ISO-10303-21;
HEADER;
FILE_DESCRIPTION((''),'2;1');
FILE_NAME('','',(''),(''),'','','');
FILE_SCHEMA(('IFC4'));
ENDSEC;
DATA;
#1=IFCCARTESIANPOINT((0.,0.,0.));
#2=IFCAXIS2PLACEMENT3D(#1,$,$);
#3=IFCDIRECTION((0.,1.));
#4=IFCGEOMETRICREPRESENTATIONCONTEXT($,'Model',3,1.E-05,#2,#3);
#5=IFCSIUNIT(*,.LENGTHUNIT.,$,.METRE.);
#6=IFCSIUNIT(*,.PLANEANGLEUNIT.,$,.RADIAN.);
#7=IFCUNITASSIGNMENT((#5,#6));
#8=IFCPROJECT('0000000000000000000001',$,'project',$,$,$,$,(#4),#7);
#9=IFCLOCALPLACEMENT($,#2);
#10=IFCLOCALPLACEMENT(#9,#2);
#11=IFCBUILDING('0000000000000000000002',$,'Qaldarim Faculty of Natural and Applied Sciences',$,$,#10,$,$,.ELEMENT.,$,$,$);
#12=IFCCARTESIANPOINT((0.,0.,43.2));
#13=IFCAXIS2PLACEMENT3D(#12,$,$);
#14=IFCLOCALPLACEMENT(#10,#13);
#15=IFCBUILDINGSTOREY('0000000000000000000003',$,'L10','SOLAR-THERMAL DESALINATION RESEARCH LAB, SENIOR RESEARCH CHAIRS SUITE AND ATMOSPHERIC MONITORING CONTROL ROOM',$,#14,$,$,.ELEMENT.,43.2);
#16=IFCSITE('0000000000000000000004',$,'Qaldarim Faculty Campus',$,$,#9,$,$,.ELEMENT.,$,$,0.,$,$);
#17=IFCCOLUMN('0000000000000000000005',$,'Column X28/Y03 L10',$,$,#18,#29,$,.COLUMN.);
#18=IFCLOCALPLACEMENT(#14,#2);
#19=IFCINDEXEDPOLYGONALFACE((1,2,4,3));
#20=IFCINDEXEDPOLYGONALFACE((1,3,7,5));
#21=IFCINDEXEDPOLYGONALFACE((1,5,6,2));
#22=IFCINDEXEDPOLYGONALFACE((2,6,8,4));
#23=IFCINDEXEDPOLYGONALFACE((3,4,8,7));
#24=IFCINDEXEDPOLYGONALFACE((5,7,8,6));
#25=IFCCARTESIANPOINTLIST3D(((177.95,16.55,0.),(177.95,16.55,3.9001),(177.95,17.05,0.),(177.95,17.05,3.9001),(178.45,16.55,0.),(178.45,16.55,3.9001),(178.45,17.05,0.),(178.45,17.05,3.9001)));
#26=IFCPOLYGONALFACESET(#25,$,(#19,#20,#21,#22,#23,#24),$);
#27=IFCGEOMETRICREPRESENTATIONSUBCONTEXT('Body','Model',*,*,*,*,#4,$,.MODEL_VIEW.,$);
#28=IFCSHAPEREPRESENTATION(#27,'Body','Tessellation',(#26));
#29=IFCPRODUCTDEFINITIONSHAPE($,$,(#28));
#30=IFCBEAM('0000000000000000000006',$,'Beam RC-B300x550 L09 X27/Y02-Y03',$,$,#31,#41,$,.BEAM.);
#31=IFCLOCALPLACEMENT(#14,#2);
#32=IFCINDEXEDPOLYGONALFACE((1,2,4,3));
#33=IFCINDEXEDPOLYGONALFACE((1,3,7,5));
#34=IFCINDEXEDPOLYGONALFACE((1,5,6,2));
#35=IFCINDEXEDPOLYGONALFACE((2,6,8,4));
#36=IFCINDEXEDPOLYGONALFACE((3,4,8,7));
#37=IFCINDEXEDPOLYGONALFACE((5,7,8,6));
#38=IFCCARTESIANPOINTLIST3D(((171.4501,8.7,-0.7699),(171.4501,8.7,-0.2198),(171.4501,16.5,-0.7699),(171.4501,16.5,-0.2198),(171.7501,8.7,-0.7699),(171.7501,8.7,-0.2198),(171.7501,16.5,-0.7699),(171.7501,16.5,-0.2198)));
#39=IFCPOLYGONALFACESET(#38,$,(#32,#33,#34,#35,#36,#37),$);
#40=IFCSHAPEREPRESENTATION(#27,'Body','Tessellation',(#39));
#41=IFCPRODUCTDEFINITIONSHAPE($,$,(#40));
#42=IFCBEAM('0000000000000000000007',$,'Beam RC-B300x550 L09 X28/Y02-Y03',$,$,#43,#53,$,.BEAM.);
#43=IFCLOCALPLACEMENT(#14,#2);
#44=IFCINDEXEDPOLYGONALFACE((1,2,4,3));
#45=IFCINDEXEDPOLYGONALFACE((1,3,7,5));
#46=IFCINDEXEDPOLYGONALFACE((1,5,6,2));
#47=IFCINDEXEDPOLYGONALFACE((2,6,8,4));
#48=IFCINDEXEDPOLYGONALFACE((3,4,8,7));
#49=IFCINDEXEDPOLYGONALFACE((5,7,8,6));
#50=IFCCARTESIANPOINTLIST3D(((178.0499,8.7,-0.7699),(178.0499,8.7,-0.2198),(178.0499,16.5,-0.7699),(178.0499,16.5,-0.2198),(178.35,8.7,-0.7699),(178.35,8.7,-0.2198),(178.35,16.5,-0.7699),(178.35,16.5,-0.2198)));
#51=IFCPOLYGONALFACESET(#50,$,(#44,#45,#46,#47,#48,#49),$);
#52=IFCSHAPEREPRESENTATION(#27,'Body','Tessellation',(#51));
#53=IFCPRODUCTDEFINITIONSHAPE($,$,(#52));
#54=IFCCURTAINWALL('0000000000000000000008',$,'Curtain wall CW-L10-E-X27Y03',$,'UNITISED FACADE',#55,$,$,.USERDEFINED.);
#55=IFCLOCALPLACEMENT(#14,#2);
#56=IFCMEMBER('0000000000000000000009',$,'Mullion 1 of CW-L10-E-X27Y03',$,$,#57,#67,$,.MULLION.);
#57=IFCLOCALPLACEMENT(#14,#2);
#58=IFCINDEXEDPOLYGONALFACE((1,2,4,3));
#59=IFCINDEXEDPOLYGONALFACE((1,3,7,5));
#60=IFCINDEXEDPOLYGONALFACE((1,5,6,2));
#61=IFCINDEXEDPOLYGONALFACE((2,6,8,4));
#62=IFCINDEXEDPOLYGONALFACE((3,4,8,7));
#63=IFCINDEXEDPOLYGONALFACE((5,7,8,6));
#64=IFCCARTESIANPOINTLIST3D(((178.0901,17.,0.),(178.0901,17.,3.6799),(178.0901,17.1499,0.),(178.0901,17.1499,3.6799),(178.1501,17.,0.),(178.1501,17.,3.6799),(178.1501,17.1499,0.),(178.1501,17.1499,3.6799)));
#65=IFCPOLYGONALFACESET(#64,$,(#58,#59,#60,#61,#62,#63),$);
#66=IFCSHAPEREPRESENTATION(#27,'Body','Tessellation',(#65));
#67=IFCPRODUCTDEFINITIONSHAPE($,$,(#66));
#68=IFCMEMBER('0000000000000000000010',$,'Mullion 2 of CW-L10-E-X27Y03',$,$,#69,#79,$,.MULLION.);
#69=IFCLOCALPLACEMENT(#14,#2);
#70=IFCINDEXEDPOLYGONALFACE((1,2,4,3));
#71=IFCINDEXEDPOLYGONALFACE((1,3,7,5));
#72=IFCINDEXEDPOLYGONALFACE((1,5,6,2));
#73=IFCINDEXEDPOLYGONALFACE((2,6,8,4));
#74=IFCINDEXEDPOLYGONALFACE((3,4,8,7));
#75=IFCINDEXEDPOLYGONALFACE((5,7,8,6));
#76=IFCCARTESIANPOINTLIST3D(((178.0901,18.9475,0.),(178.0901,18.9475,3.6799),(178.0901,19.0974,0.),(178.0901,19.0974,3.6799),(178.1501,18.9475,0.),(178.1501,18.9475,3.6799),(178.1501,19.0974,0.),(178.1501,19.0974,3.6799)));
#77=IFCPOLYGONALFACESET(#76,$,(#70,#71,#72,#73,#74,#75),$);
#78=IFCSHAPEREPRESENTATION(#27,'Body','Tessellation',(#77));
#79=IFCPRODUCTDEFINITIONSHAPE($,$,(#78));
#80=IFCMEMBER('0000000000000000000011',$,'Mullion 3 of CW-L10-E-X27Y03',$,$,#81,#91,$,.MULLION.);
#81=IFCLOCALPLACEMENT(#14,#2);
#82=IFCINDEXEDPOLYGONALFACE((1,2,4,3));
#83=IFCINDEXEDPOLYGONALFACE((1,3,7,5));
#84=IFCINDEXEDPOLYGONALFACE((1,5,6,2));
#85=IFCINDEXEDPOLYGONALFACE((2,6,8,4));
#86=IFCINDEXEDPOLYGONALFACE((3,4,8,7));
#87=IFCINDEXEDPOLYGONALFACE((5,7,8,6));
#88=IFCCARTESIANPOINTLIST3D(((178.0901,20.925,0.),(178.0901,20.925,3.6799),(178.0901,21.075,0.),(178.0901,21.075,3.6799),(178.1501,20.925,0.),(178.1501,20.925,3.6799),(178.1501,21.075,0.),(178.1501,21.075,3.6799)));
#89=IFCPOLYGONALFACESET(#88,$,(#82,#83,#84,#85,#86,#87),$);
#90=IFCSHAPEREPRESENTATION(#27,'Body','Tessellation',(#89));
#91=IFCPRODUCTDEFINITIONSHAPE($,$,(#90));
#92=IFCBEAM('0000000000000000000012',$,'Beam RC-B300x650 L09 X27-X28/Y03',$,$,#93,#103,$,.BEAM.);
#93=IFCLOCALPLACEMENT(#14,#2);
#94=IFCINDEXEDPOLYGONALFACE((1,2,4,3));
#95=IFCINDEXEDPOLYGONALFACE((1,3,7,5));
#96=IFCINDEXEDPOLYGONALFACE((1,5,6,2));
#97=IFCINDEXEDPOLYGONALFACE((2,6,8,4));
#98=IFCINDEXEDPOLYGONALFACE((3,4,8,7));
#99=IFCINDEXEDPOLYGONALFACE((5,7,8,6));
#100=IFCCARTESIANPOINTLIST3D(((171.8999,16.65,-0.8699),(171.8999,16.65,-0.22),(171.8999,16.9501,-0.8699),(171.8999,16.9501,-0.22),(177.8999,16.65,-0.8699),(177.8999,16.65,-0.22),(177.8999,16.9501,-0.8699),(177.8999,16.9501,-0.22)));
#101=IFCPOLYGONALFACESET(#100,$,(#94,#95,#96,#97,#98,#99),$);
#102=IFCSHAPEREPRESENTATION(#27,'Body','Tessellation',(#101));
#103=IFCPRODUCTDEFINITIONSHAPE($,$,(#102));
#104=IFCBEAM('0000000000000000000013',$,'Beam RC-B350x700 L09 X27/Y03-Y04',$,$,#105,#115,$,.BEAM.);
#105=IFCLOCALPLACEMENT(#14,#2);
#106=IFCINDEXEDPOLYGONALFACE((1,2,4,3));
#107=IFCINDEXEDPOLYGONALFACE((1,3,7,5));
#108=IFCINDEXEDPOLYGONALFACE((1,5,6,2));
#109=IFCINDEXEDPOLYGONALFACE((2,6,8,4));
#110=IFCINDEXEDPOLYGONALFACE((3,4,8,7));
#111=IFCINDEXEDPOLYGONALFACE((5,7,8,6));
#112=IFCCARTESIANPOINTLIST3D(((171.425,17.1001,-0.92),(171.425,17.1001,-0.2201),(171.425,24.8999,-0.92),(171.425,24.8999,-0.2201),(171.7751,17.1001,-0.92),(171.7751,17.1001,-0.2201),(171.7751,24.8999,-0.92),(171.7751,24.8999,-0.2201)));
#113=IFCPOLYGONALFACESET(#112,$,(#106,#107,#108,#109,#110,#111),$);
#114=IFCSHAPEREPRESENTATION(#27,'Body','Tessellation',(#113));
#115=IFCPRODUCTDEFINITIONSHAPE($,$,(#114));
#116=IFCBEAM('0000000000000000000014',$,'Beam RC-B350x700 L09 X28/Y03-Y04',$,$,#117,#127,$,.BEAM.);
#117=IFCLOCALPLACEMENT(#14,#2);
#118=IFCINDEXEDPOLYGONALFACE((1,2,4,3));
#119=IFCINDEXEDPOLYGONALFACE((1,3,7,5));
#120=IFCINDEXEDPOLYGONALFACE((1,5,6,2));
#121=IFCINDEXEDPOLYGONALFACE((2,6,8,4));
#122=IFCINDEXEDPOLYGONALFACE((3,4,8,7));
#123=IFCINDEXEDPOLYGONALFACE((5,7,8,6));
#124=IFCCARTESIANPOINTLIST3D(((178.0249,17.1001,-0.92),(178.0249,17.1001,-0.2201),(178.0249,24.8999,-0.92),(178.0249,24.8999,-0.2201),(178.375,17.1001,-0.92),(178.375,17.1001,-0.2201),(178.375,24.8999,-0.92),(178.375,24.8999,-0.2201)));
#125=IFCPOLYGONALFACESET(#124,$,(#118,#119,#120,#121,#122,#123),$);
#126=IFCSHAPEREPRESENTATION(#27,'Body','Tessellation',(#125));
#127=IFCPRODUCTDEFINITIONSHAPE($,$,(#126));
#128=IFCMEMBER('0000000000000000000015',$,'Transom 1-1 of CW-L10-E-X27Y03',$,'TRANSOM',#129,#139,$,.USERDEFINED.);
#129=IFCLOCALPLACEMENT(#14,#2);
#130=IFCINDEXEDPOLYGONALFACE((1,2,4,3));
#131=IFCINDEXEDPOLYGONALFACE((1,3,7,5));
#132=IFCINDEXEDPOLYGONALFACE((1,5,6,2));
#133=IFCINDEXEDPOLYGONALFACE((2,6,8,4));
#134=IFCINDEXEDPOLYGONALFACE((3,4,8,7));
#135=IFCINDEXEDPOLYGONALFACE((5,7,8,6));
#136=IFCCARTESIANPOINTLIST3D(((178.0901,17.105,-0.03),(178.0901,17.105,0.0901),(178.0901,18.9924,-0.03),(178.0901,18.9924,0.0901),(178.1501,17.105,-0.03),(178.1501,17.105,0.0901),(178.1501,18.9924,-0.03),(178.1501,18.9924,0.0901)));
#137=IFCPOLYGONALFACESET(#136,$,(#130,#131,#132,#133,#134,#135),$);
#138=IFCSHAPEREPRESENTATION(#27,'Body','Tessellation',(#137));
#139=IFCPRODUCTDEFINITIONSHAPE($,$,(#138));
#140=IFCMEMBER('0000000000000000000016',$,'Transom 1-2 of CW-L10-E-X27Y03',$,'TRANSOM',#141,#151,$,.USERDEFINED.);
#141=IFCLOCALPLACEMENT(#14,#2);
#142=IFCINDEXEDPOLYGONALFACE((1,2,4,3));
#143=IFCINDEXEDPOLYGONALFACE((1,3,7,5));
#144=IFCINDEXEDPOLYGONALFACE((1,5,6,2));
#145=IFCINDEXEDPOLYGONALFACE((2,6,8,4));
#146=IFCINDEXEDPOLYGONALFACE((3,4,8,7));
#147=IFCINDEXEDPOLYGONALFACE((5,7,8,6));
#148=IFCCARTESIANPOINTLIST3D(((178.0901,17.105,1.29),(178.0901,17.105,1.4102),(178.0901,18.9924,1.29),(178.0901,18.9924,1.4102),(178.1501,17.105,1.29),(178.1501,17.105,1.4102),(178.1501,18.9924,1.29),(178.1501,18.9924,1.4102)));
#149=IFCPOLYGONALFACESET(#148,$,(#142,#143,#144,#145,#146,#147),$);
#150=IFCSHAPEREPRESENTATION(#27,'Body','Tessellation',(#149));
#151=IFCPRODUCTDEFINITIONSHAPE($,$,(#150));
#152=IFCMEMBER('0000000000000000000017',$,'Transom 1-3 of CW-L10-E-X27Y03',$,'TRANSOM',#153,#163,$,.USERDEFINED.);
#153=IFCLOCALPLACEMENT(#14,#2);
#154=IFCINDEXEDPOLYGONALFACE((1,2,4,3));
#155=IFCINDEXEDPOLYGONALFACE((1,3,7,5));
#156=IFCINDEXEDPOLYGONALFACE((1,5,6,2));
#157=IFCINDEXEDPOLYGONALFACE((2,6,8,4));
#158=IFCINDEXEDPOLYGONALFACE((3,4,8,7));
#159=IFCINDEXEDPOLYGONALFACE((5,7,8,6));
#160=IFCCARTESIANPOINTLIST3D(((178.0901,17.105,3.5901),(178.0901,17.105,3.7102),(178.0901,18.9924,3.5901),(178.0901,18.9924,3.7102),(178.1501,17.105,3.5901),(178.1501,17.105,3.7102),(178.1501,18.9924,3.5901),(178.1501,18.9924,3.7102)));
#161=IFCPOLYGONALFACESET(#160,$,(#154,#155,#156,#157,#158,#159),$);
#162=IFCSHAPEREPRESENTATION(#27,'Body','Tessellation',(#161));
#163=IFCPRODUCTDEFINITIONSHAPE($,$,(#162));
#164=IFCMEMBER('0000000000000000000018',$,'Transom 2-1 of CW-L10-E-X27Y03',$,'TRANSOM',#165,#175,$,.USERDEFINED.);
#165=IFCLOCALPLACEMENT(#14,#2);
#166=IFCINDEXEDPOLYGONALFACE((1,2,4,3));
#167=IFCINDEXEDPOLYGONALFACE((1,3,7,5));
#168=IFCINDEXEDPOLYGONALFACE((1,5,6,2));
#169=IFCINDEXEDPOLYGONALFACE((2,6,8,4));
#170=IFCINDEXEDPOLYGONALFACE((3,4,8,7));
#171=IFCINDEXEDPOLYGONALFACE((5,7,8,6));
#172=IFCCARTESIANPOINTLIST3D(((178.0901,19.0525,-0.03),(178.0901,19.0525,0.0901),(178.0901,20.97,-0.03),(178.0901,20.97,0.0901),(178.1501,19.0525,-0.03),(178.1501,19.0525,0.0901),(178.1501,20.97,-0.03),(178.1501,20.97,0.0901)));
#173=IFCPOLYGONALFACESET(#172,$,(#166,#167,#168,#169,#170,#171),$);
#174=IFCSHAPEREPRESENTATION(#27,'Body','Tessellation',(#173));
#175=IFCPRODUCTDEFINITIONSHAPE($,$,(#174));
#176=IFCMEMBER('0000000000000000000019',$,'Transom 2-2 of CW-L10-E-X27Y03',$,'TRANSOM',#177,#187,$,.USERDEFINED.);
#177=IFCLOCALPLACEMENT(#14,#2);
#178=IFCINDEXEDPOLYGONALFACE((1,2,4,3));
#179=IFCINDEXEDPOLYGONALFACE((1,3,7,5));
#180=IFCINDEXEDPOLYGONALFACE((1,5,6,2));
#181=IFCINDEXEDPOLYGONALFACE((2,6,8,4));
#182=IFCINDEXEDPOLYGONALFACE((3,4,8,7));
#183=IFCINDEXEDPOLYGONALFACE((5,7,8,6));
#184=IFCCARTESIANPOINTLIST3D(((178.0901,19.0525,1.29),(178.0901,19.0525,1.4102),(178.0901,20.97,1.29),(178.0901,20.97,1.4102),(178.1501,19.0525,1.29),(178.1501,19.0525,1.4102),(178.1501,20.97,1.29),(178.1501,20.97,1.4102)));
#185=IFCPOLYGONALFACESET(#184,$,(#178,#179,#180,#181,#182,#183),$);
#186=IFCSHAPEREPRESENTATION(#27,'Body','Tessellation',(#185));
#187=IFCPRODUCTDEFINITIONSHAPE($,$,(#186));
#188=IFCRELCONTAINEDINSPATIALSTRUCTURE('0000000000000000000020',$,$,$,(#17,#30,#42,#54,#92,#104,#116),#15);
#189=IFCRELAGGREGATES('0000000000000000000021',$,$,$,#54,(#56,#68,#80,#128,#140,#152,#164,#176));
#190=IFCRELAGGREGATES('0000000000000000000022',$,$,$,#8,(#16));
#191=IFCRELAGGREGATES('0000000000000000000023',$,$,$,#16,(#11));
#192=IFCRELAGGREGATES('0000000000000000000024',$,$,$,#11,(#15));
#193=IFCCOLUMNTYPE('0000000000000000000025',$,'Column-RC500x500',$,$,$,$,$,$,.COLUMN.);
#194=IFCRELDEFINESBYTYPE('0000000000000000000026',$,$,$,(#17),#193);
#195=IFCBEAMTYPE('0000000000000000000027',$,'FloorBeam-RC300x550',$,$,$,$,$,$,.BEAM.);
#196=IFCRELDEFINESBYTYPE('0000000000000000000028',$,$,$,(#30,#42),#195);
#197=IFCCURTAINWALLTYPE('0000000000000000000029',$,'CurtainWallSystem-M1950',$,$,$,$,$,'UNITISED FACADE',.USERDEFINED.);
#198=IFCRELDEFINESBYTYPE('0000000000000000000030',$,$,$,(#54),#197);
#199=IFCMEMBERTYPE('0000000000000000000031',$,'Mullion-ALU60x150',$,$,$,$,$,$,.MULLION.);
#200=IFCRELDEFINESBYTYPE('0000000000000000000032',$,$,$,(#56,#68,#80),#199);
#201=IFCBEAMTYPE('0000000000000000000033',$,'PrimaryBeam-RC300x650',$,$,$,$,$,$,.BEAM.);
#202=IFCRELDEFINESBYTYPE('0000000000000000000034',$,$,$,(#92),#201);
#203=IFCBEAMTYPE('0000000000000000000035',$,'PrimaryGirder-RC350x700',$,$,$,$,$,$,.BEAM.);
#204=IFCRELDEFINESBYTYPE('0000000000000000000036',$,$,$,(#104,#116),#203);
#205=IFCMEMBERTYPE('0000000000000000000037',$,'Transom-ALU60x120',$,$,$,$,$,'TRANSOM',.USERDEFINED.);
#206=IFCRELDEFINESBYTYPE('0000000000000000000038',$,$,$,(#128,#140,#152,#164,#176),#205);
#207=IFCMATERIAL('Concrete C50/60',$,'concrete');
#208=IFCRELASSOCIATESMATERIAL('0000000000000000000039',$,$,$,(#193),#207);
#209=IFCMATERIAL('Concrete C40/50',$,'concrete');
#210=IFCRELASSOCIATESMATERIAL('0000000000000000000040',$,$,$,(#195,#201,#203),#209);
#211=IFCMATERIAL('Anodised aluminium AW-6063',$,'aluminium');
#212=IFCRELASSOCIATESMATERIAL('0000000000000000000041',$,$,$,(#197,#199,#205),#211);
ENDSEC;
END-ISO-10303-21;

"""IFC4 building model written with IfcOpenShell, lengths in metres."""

from ifc_helpers import new_model, si_unit, direction, frame, origin, origin_2d, place, context, subcontext, project, spatial, rectangle, extrude, material, material_profile, profile_set, type_object, element, aggregate, save


model = new_model("IFC4")

# Units and contexts
model_context = context("Model", 3, precision=1e-05, world=origin(), true_north=direction((0.0, 1.0)))
body_context = subcontext(model_context, "Body", "Model", "MODEL_VIEW")
ifc_project = project(units=[si_unit("LENGTHUNIT", "METRE"), si_unit("PLANEANGLEUNIT", "RADIAN")], contexts=[model_context])

# Site, building, storey
site_placement = place(None, origin())
site = spatial("IfcSite", under=ifc_project, at=site_placement, Name="Qaldarim Faculty Campus", CompositionType="ELEMENT", RefElevation=0.0)
building_placement = place(site_placement, origin())
building = spatial("IfcBuilding", under=site, at=building_placement, Name="Qaldarim Faculty of Natural and Applied Sciences", CompositionType="ELEMENT")
storey_placement = place(building_placement, frame((0.0, 0.0, 43.2)))
storey = spatial("IfcBuildingStorey", under=building, at=storey_placement, Name="L10", Description="SOLAR-THERMAL DESALINATION RESEARCH LAB, SENIOR RESEARCH CHAIRS SUITE AND ATMOSPHERIC MONITORING CONTROL ROOM", CompositionType="ELEMENT", Elevation=43.2)

# Column
ifc_material_1 = material(Name="Concrete C50/60", Category="concrete")
ifc_material_profile_1 = material_profile(ifc_material_1, rectangle(XDim=0.5, YDim=0.5, at=origin_2d()), Name="RC-C500x500")
ifc_profile_set_1 = profile_set([ifc_material_profile_1], Name="Concrete C50/60")
column_type = type_object("IfcColumnType", Name="Column-RC500x500", PredefinedType="COLUMN", material=ifc_profile_set_1)
column_placement = place(storey_placement, frame((178.2, 16.8, 0.0), z_axis=(0.0, 0.0, 1.0), x_axis=(1.0, 0.0, 0.0)))
element("IfcColumn", 1, at=column_placement, inside=storey, type_object=column_type, Name="Column X28/Y03 L10", PredefinedType="COLUMN", context=body_context, shape_type="SweptSolid", body=[
    extrude(rectangle(XDim=0.5, YDim=0.5, at=origin_2d()), origin(), (0.0, 0.0, 1.0), 3.9001),
])

# Beams
ifc_material_2 = material(Name="Concrete C40/50", Category="concrete")
ifc_material_profile_2 = material_profile(ifc_material_2, rectangle(XDim=0.3, YDim=0.55, at=origin_2d()), Name="RC-B300x550")
ifc_profile_set_2 = profile_set([ifc_material_profile_2], Name="Concrete C40/50")
beam_type_1 = type_object("IfcBeamType", Name="FloorBeam-RC300x550", PredefinedType="BEAM", material=ifc_profile_set_2)
for number, where, z_axis, x_axis, name in (
    (2, (171.6001, 8.7, -0.4949), (0.0, 1.0, 0.0), (-1.0, 0.0, 0.0), "Beam RC-B300x550 L09 X27/Y02-Y03"),
    (3, (178.2, 8.7, -0.4949), (0.0, 1.0, 0.0), (-1.0, 0.0, 0.0), "Beam RC-B300x550 L09 X28/Y02-Y03"),
):
    element("IfcBeam", number, at=place(storey_placement, frame(where, z_axis=z_axis, x_axis=x_axis)), inside=storey, type_object=beam_type_1, Name=name, PredefinedType="BEAM", context=body_context, shape_type="SweptSolid", body=[
        extrude(rectangle(XDim=0.3, YDim=0.55, at=origin_2d()), origin(), (0.0, 0.0, 1.0), 7.8),
    ])

# Curtain wall, members
ifc_material_3 = material(Name="Anodised aluminium AW-6063", Category="aluminium")
curtain_wall_type = type_object("IfcCurtainWallType", Name="CurtainWallSystem-M1950", ElementType="UNITISED FACADE", PredefinedType="USERDEFINED", material=ifc_material_3)
curtain_wall_placement = place(storey_placement, origin())
curtain_wall = element("IfcCurtainWall", 4, at=curtain_wall_placement, inside=storey, type_object=curtain_wall_type, Name="Curtain wall CW-L10-E-X27Y03", ObjectType="UNITISED FACADE", PredefinedType="USERDEFINED")
ifc_material_profile_3 = material_profile(ifc_material_3, rectangle(XDim=0.0601, YDim=0.1499, at=origin_2d()), Name="ALU-M60x150")
ifc_profile_set_3 = profile_set([ifc_material_profile_3], Name="Anodised aluminium AW-6063")
member_type_1 = type_object("IfcMemberType", Name="Mullion-ALU60x150", PredefinedType="MULLION", material=ifc_profile_set_3)
member_1_placement = place(storey_placement, frame((178.1201, 17.075, 0.0), z_axis=(0.0, 0.0, 1.0), x_axis=(-1.0, 0.0, 0.0)))
member_1 = element("IfcMember", 5, at=member_1_placement, type_object=member_type_1, Name="Mullion 1 of CW-L10-E-X27Y03", PredefinedType="MULLION", context=body_context, shape_type="SweptSolid", body=[
    extrude(rectangle(XDim=0.0601, YDim=0.1499, at=origin_2d()), origin(), (0.0, 0.0, 1.0), 3.6799),
])
member_2_placement = place(storey_placement, frame((178.1201, 19.0225, 0.0), z_axis=(0.0, 0.0, 1.0), x_axis=(-1.0, 0.0, 0.0)))
member_2 = element("IfcMember", 6, at=member_2_placement, type_object=member_type_1, Name="Mullion 2 of CW-L10-E-X27Y03", PredefinedType="MULLION", context=body_context, shape_type="SweptSolid", body=[
    extrude(rectangle(XDim=0.0601, YDim=0.1499, at=origin_2d()), origin(), (0.0, 0.0, 1.0), 3.6799),
])
member_3_placement = place(storey_placement, frame((178.1201, 21.0, 0.0), z_axis=(0.0, 0.0, 1.0), x_axis=(-1.0, 0.0, 0.0)))
member_3 = element("IfcMember", 7, at=member_3_placement, type_object=member_type_1, Name="Mullion 3 of CW-L10-E-X27Y03", PredefinedType="MULLION", context=body_context, shape_type="SweptSolid", body=[
    extrude(rectangle(XDim=0.0601, YDim=0.1499, at=origin_2d()), origin(), (0.0, 0.0, 1.0), 3.6799),
])

# Beams
ifc_material_profile_4 = material_profile(ifc_material_2, rectangle(XDim=0.3, YDim=0.6499, at=origin_2d()), Name="RC-B300x650")
ifc_profile_set_4 = profile_set([ifc_material_profile_4], Name="Concrete C40/50")
beam_type_2 = type_object("IfcBeamType", Name="PrimaryBeam-RC300x650", PredefinedType="BEAM", material=ifc_profile_set_4)
beam_placement = place(storey_placement, frame((171.8999, 16.8, -0.5449), z_axis=(1.0, 0.0, 0.0), x_axis=(0.0, 1.0, 0.0)))
element("IfcBeam", 8, at=beam_placement, inside=storey, type_object=beam_type_2, Name="Beam RC-B300x650 L09 X27-X28/Y03", PredefinedType="BEAM", context=body_context, shape_type="SweptSolid", body=[
    extrude(rectangle(XDim=0.3, YDim=0.6499, at=origin_2d()), origin(), (0.0, 0.0, 1.0), 6.0),
])
ifc_material_profile_5 = material_profile(ifc_material_2, rectangle(XDim=0.3501, YDim=0.7, at=origin_2d()), Name="RC-B350x700")
ifc_profile_set_5 = profile_set([ifc_material_profile_5], Name="Concrete C40/50")
beam_type_3 = type_object("IfcBeamType", Name="PrimaryGirder-RC350x700", PredefinedType="BEAM", material=ifc_profile_set_5)
for number, where, z_axis, x_axis, name in (
    (9, (171.6001, 17.1001, -0.5701), (0.0, 1.0, 0.0), (-1.0, 0.0, 0.0), "Beam RC-B350x700 L09 X27/Y03-Y04"),
    (10, (178.2, 17.1001, -0.5701), (0.0, 1.0, 0.0), (-1.0, 0.0, 0.0), "Beam RC-B350x700 L09 X28/Y03-Y04"),
):
    element("IfcBeam", number, at=place(storey_placement, frame(where, z_axis=z_axis, x_axis=x_axis)), inside=storey, type_object=beam_type_3, Name=name, PredefinedType="BEAM", context=body_context, shape_type="SweptSolid", body=[
        extrude(rectangle(XDim=0.3501, YDim=0.7, at=origin_2d()), origin(), (0.0, 0.0, 1.0), 7.7998),
    ])

# Members
ifc_material_profile_6 = material_profile(ifc_material_3, rectangle(XDim=0.0601, YDim=0.1201, at=origin_2d()), Name="ALU-T60x120")
ifc_profile_set_6 = profile_set([ifc_material_profile_6], Name="Anodised aluminium AW-6063")
member_type_2 = type_object("IfcMemberType", Name="Transom-ALU60x120", ElementType="TRANSOM", PredefinedType="USERDEFINED", material=ifc_profile_set_6)
member_4_placement = place(storey_placement, frame((178.1201, 17.105, 0.03), z_axis=(0.0, 1.0, 0.0), x_axis=(-1.0, 0.0, 0.0)))
member_4 = element("IfcMember", 11, at=member_4_placement, type_object=member_type_2, Name="Transom 1-1 of CW-L10-E-X27Y03", ObjectType="TRANSOM", PredefinedType="USERDEFINED", context=body_context, shape_type="SweptSolid", body=[
    extrude(rectangle(XDim=0.0601, YDim=0.1201, at=origin_2d()), origin(), (0.0, 0.0, 1.0), 1.8875),
])
member_5_placement = place(storey_placement, frame((178.1201, 17.105, 1.3501), z_axis=(0.0, 1.0, 0.0), x_axis=(-1.0, 0.0, 0.0)))
member_5 = element("IfcMember", 12, at=member_5_placement, type_object=member_type_2, Name="Transom 1-2 of CW-L10-E-X27Y03", ObjectType="TRANSOM", PredefinedType="USERDEFINED", context=body_context, shape_type="SweptSolid", body=[
    extrude(rectangle(XDim=0.0601, YDim=0.1201, at=origin_2d()), origin(), (0.0, 0.0, 1.0), 1.8875),
])
member_6_placement = place(storey_placement, frame((178.1201, 17.105, 3.6501), z_axis=(0.0, 1.0, 0.0), x_axis=(-1.0, 0.0, 0.0)))
member_6 = element("IfcMember", 13, at=member_6_placement, type_object=member_type_2, Name="Transom 1-3 of CW-L10-E-X27Y03", ObjectType="TRANSOM", PredefinedType="USERDEFINED", context=body_context, shape_type="SweptSolid", body=[
    extrude(rectangle(XDim=0.0601, YDim=0.1201, at=origin_2d()), origin(), (0.0, 0.0, 1.0), 1.8875),
])
member_7_placement = place(storey_placement, frame((178.1201, 19.0525, 0.03), z_axis=(0.0, 1.0, 0.0), x_axis=(-1.0, 0.0, 0.0)))
member_7 = element("IfcMember", 14, at=member_7_placement, type_object=member_type_2, Name="Transom 2-1 of CW-L10-E-X27Y03", ObjectType="TRANSOM", PredefinedType="USERDEFINED", context=body_context, shape_type="SweptSolid", body=[
    extrude(rectangle(XDim=0.0601, YDim=0.1201, at=origin_2d()), origin(), (0.0, 0.0, 1.0), 1.9175),
])
member_8_placement = place(storey_placement, frame((178.1201, 19.0525, 1.3501), z_axis=(0.0, 1.0, 0.0), x_axis=(-1.0, 0.0, 0.0)))
member_8 = element("IfcMember", 15, at=member_8_placement, type_object=member_type_2, Name="Transom 2-2 of CW-L10-E-X27Y03", ObjectType="TRANSOM", PredefinedType="USERDEFINED", context=body_context, shape_type="SweptSolid", body=[
    extrude(rectangle(XDim=0.0601, YDim=0.1201, at=origin_2d()), origin(), (0.0, 0.0, 1.0), 1.9175),
])

aggregate(curtain_wall, [member_1, member_2, member_3, member_4, member_5, member_6, member_7, member_8])

save(model, "model.ifc")
